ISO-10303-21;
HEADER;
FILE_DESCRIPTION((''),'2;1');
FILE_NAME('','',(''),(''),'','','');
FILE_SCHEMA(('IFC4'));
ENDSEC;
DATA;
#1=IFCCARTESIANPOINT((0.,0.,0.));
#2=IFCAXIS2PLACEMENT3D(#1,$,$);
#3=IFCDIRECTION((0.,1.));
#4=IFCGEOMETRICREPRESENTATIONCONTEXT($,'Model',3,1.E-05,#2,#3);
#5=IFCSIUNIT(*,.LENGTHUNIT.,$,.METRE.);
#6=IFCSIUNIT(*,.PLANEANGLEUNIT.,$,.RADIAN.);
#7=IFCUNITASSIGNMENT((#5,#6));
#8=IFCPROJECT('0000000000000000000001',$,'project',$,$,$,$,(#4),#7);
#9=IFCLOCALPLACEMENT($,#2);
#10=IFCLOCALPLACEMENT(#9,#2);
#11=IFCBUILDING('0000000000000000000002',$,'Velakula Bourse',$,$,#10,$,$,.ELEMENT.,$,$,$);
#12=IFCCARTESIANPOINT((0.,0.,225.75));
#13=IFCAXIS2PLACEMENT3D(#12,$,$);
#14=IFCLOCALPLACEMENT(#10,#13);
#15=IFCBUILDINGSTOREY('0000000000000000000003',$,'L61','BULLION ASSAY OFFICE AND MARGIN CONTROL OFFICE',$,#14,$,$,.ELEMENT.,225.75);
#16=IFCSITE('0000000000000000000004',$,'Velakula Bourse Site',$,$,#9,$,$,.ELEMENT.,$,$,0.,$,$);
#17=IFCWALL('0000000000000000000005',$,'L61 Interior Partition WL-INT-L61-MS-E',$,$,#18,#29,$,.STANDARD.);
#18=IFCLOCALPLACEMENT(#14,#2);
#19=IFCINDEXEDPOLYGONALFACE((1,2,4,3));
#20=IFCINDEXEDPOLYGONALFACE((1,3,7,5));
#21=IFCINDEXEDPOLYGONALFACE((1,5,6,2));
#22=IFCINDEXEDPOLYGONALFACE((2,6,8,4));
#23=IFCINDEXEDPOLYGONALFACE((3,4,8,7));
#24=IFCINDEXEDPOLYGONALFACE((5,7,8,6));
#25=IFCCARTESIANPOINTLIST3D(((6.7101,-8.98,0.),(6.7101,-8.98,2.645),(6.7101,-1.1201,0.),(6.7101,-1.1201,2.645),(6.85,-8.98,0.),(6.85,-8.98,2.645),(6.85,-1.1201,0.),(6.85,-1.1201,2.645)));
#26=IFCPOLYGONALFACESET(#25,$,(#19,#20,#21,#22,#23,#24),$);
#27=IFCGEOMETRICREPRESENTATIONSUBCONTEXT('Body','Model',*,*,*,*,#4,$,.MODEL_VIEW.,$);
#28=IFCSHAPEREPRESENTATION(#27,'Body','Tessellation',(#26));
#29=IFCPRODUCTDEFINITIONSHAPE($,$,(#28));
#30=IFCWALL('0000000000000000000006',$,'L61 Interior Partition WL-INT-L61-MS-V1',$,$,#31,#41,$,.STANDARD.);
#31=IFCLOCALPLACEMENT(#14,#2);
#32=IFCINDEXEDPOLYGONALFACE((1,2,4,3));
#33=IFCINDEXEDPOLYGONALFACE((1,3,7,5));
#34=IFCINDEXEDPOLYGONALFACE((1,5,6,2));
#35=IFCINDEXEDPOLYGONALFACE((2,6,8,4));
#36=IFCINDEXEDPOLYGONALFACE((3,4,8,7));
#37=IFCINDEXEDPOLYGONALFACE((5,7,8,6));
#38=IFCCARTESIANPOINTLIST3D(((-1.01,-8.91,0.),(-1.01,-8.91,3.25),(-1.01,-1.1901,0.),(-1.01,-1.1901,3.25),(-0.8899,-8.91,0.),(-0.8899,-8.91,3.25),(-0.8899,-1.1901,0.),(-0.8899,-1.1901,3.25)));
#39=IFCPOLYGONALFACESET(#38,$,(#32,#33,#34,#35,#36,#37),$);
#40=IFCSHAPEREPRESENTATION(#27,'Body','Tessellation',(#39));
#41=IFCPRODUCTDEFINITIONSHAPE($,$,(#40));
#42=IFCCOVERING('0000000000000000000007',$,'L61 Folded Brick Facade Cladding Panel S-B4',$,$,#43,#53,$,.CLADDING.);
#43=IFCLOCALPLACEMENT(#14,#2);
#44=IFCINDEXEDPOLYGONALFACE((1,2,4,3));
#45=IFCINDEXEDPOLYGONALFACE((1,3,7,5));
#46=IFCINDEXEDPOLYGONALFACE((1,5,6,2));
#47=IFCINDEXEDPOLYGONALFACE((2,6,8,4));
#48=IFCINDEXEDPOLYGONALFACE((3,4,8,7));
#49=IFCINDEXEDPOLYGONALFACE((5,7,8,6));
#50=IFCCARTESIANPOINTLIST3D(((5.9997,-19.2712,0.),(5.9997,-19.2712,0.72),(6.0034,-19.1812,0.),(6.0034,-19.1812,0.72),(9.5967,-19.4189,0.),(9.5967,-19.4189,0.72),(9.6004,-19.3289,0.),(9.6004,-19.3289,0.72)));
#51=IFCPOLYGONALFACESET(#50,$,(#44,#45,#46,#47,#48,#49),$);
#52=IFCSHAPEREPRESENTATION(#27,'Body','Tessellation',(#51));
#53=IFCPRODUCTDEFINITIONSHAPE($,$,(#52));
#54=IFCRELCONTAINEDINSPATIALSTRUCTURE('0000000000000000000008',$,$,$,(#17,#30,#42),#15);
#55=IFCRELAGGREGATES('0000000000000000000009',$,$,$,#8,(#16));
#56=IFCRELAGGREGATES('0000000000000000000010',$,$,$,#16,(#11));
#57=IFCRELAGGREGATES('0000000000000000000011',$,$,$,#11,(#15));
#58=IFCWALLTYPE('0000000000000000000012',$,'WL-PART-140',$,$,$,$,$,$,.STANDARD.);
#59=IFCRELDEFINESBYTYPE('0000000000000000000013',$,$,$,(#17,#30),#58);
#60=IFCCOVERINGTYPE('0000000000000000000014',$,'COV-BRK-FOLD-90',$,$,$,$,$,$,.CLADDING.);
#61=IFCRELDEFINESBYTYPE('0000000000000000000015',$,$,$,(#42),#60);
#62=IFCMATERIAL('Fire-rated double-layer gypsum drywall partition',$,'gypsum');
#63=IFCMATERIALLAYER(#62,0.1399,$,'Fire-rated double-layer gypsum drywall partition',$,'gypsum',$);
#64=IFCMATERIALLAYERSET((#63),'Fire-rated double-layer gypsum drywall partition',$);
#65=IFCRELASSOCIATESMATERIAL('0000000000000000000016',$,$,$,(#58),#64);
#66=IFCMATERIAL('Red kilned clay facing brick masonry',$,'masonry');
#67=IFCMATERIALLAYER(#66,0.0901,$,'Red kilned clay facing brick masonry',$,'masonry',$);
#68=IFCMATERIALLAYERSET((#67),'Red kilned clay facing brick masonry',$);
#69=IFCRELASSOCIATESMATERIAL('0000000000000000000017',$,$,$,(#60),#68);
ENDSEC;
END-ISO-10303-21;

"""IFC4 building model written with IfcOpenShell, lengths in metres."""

from ifc_helpers import new_model, si_unit, direction, frame, frame_2d, origin, origin_2d, place, context, subcontext, project, spatial, rectangle, extrude, material, layer, layer_set, type_object, element, save


model = new_model("IFC4")

# Units and contexts
model_context = context("Model", 3, precision=1e-05, world=origin(), true_north=direction((0.0, 1.0)))
body_context = subcontext(model_context, "Body", "Model", "MODEL_VIEW")
ifc_project = project(units=[si_unit("LENGTHUNIT", "METRE"), si_unit("PLANEANGLEUNIT", "RADIAN")], contexts=[model_context])

# Site, building, storey
site_placement = place(None, origin())
site = spatial("IfcSite", under=ifc_project, at=site_placement, Name="Velakula Bourse Site", CompositionType="ELEMENT", RefElevation=0.0)
building_placement = place(site_placement, origin())
building = spatial("IfcBuilding", under=site, at=building_placement, Name="Velakula Bourse", CompositionType="ELEMENT")
storey_placement = place(building_placement, frame((0.0, 0.0, 225.75)))
storey = spatial("IfcBuildingStorey", under=building, at=storey_placement, Name="L61", Description="BULLION ASSAY OFFICE AND MARGIN CONTROL OFFICE", CompositionType="ELEMENT", Elevation=225.75)

# Walls
ifc_material_1 = material(Name="Fire-rated double-layer gypsum drywall partition", Category="gypsum")
ifc_layer_1 = layer(ifc_material_1, 0.1399, Name="Fire-rated double-layer gypsum drywall partition", Category="gypsum")
ifc_layer_set_1 = layer_set([ifc_layer_1], Name="Fire-rated double-layer gypsum drywall partition")
wall_type_1 = type_object("IfcWallType", Name="WL-PART-140", PredefinedType="STANDARD", material=ifc_layer_set_1)
wall_1_placement = place(storey_placement, frame((6.78, -8.98, 0.0), z_axis=(0.0, 0.0, 1.0), x_axis=(0.0, 1.0, 0.0)))
element("IfcWall", 1, at=wall_1_placement, inside=storey, type_object=wall_type_1, Name="L61 Interior Partition WL-INT-L61-MS-E", PredefinedType="STANDARD", context=body_context, shape_type="SweptSolid", body=[
    extrude(rectangle(XDim=7.8599, YDim=0.1399, at=frame_2d((3.9299, 0.0))), origin(), (0.0, 0.0, 1.0), 2.645),
])
wall_2_placement = place(storey_placement, frame((-0.95, -8.9099, 0.0), z_axis=(0.0, 0.0, 1.0), x_axis=(0.0, 1.0, 0.0)))
element("IfcWall", 2, at=wall_2_placement, inside=storey, type_object=wall_type_1, Name="L61 Interior Partition WL-INT-L61-MS-V1", PredefinedType="STANDARD", context=body_context, shape_type="SweptSolid", body=[
    extrude(rectangle(XDim=7.72, YDim=0.1201, at=frame_2d((3.8599, 0.0))), origin(), (0.0, 0.0, 1.0), 3.25),
])

# Covering
ifc_material_2 = material(Name="Red kilned clay facing brick masonry", Category="masonry")
ifc_layer_2 = layer(ifc_material_2, 0.0901, Name="Red kilned clay facing brick masonry", Category="masonry")
ifc_layer_set_2 = layer_set([ifc_layer_2], Name="Red kilned clay facing brick masonry")
covering_type = type_object("IfcCoveringType", Name="COV-BRK-FOLD-90", PredefinedType="CLADDING", material=ifc_layer_set_2)
covering_placement = place(storey_placement, frame((7.8, -19.3, 0.0), z_axis=(0.0, 0.0, 1.0), x_axis=(0.999159, -0.041004, 0.0)))
element("IfcCovering", 3, at=covering_placement, inside=storey, type_object=covering_type, Name="L61 Folded Brick Facade Cladding Panel S-B4", PredefinedType="CLADDING", context=body_context, shape_type="SweptSolid", body=[
    extrude(rectangle(XDim=3.6001, YDim=0.0901, at=origin_2d()), origin(), (0.0, 0.0, 1.0), 0.72),
])

save(model, "model.ifc")
